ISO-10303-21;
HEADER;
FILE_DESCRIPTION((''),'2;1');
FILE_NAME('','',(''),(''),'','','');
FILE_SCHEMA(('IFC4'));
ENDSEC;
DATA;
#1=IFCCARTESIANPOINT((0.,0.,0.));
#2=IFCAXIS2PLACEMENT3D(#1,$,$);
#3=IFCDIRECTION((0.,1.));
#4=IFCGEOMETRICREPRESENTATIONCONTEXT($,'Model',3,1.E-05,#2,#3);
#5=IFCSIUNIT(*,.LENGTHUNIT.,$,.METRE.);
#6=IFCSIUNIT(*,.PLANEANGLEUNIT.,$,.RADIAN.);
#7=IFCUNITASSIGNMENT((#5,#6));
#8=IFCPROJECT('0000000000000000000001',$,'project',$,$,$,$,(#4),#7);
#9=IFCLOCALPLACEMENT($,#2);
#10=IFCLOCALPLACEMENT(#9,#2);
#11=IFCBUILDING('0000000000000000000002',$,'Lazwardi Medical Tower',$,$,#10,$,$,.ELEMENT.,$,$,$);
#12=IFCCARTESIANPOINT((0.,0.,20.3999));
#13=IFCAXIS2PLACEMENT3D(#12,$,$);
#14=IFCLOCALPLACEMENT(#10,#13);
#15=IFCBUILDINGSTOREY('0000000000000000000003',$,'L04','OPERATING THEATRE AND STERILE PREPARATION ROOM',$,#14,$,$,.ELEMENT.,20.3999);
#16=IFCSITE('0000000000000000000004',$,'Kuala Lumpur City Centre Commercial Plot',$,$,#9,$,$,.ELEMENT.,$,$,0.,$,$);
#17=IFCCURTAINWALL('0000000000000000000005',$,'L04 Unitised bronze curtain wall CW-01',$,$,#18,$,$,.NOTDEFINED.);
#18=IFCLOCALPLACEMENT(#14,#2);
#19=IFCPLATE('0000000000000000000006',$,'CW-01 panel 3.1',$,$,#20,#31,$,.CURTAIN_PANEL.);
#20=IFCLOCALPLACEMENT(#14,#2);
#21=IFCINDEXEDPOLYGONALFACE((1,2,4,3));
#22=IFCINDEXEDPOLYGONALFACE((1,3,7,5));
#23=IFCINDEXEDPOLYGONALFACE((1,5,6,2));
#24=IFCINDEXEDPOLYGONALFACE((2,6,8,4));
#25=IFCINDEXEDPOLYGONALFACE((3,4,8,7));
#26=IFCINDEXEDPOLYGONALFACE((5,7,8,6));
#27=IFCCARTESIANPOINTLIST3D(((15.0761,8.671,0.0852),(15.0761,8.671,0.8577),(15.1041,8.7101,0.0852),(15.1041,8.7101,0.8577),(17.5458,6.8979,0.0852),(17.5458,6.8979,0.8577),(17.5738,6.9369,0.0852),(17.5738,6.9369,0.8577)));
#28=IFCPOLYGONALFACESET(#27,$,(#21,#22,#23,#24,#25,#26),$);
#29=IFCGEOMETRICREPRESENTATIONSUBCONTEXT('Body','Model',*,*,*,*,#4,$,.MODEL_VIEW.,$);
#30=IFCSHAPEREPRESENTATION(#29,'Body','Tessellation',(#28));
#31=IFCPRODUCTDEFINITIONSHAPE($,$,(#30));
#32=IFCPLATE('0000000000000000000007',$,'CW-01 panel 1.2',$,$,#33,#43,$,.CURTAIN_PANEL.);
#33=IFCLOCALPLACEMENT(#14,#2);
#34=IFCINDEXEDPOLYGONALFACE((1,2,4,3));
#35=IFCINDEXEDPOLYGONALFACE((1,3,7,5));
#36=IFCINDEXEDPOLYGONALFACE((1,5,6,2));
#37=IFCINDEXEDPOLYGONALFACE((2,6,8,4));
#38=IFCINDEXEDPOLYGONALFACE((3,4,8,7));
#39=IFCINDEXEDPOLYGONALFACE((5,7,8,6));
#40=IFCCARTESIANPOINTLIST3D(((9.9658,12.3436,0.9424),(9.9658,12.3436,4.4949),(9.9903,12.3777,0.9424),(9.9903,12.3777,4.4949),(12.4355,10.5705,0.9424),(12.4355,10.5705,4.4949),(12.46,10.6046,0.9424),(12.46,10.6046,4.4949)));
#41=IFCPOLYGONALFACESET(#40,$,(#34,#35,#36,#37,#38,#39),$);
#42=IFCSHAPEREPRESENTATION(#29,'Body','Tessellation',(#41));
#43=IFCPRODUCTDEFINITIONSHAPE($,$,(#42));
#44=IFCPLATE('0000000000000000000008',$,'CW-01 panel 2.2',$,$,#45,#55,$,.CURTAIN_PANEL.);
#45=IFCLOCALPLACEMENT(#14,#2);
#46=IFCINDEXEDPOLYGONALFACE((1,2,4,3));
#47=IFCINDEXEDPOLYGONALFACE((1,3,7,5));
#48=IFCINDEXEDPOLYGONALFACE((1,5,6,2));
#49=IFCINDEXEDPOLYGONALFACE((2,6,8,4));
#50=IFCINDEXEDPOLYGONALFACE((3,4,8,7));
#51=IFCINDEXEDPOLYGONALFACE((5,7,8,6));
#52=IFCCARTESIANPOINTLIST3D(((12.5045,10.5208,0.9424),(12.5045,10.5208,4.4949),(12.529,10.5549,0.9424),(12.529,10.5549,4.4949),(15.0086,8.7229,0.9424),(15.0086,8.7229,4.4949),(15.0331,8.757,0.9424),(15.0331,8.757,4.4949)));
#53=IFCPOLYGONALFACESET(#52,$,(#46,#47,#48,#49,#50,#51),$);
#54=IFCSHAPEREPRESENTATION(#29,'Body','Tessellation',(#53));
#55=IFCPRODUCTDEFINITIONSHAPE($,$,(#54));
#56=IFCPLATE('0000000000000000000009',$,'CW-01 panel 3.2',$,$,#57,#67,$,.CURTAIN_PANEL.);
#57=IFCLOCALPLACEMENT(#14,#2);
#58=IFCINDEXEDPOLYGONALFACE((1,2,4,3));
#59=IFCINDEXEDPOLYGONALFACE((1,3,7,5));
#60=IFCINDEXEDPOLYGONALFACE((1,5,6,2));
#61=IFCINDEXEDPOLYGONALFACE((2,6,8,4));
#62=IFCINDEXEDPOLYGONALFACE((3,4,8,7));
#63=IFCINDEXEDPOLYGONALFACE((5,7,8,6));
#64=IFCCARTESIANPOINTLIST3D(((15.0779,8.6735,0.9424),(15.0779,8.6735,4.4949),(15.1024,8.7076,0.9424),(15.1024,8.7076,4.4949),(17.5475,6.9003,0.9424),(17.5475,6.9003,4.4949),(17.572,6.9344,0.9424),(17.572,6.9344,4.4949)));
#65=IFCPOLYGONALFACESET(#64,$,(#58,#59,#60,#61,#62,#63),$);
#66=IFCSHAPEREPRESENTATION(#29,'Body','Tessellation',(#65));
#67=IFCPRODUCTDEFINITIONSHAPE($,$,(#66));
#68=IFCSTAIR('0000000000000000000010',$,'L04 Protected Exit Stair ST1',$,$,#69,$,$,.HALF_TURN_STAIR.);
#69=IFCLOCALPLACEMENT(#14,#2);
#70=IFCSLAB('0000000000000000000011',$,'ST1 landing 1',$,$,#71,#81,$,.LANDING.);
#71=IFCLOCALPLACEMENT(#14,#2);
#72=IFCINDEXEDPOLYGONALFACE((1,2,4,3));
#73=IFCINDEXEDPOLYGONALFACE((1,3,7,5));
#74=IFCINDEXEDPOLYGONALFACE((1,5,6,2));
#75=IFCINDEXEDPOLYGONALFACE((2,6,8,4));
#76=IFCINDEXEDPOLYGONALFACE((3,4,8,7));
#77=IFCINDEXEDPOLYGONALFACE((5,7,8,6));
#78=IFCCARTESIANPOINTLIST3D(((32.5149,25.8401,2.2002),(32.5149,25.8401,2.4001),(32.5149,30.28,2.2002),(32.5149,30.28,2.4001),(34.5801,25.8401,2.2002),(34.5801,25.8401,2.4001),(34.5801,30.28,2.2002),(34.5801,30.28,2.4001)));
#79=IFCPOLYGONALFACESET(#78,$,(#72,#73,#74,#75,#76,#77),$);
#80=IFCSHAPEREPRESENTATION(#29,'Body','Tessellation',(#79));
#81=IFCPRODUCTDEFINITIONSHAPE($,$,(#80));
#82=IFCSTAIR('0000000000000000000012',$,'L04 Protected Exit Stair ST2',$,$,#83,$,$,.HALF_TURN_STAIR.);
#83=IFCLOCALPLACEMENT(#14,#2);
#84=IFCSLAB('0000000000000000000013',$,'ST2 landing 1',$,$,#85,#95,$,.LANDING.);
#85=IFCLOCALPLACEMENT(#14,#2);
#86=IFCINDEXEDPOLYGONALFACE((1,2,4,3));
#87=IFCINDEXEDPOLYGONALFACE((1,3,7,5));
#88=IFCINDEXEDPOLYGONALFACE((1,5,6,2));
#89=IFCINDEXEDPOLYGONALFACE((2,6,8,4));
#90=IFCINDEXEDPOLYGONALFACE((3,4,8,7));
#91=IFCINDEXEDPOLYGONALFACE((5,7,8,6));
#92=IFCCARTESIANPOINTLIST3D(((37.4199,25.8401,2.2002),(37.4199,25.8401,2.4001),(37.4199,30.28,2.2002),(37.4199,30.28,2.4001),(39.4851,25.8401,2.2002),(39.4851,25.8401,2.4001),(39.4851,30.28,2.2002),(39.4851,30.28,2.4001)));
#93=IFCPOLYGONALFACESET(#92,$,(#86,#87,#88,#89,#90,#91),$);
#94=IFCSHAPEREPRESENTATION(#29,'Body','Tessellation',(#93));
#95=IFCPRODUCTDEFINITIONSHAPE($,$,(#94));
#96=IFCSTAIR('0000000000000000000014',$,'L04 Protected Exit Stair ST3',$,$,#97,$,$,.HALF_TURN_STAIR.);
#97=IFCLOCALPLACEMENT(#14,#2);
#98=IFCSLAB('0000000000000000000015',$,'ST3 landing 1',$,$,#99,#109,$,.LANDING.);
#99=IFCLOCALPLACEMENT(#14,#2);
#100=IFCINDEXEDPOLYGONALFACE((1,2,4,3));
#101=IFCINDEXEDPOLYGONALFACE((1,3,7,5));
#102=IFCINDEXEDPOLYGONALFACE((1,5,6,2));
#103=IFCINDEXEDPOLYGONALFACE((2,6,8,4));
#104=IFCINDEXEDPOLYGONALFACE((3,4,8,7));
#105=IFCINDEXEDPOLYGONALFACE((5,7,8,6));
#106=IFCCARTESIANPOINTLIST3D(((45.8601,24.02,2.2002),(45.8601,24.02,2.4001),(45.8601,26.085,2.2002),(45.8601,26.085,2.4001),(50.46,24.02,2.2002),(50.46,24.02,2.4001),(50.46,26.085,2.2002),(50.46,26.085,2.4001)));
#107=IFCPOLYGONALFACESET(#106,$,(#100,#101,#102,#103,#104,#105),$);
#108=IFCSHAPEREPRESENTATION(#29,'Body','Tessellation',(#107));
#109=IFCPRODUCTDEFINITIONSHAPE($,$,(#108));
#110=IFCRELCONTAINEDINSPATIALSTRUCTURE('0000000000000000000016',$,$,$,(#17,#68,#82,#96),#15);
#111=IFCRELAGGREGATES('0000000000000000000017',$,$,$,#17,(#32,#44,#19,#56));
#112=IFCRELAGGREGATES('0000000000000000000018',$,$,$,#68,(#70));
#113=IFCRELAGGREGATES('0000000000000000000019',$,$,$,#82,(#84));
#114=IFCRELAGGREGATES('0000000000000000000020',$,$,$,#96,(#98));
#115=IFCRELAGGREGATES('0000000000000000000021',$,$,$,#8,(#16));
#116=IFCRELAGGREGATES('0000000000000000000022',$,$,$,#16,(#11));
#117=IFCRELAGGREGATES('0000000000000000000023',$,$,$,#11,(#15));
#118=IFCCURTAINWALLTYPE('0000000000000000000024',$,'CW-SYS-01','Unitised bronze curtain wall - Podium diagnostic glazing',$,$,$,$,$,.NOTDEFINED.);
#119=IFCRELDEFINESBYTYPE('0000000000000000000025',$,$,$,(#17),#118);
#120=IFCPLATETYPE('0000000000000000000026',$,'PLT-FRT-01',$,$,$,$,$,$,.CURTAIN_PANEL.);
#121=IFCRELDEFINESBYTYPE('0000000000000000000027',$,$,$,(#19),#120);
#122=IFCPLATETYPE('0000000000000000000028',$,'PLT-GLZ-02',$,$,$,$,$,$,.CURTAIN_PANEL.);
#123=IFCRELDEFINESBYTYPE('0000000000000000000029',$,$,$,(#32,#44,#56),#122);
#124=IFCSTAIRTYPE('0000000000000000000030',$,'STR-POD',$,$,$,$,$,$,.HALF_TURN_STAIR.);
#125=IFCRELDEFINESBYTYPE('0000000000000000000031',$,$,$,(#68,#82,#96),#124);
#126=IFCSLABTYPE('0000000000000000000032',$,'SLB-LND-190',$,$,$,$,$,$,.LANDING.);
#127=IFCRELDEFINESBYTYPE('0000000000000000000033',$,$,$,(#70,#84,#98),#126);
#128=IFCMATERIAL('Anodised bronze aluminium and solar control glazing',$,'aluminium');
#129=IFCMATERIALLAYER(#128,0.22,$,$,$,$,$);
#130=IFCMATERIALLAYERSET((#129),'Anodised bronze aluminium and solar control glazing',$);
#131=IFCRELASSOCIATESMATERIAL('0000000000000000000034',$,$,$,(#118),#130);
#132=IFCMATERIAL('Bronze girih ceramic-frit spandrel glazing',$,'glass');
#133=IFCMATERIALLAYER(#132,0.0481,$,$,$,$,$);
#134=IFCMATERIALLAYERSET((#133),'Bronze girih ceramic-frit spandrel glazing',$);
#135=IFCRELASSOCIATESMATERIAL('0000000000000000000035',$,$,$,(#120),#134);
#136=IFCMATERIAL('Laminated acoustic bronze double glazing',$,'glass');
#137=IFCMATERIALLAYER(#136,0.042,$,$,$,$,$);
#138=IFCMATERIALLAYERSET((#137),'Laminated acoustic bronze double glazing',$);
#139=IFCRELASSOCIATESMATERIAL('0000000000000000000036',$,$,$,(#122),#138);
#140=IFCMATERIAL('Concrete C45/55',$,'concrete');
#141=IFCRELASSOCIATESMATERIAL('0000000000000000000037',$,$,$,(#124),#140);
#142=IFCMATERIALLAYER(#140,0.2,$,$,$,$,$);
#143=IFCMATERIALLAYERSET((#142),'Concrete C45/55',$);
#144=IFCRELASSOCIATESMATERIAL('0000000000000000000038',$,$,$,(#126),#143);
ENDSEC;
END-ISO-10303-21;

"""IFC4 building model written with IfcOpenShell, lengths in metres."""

from ifc_helpers import new_model, si_unit, direction, frame, origin, origin_2d, place, context, subcontext, project, spatial, polyline, rectangle, outline, extrude, material, layer, layer_set, type_object, element, aggregate, save


model = new_model("IFC4")

# Units and contexts
model_context = context("Model", 3, precision=1e-05, world=origin(), true_north=direction((0.0, 1.0)))
body_context = subcontext(model_context, "Body", "Model", "MODEL_VIEW")
ifc_project = project(units=[si_unit("LENGTHUNIT", "METRE"), si_unit("PLANEANGLEUNIT", "RADIAN")], contexts=[model_context])

# Site, building, storey
site_placement = place(None, origin())
site = spatial("IfcSite", under=ifc_project, at=site_placement, Name="Kuala Lumpur City Centre Commercial Plot", CompositionType="ELEMENT", RefElevation=0.0)
building_placement = place(site_placement, origin())
building = spatial("IfcBuilding", under=site, at=building_placement, Name="Lazwardi Medical Tower", CompositionType="ELEMENT")
storey_placement = place(building_placement, frame((0.0, 0.0, 20.3999)))
storey = spatial("IfcBuildingStorey", under=building, at=storey_placement, Name="L04", Description="OPERATING THEATRE AND STERILE PREPARATION ROOM", CompositionType="ELEMENT", Elevation=20.3999)

# Shared definitions
ifc_material_1 = material(Name="Anodised bronze aluminium and solar control glazing", Category="aluminium")
ifc_layer_1 = layer(ifc_material_1, 0.22)
ifc_layer_set_1 = layer_set([ifc_layer_1], Name="Anodised bronze aluminium and solar control glazing")
curtain_wall_type = type_object("IfcCurtainWallType", Name="CW-SYS-01", Description="Unitised bronze curtain wall - Podium diagnostic glazing", PredefinedType="NOTDEFINED", material=ifc_layer_set_1)

# Curtain wall, plates
curtain_wall_1_placement = place(storey_placement, origin())
curtain_wall_1 = element("IfcCurtainWall", 1, at=curtain_wall_1_placement, inside=storey, type_object=curtain_wall_type, Name="L04 Unitised bronze curtain wall CW-01", PredefinedType="NOTDEFINED")
ifc_material_2 = material(Name="Bronze girih ceramic-frit spandrel glazing", Category="glass")
ifc_layer_2 = layer(ifc_material_2, 0.0481)
ifc_layer_set_2 = layer_set([ifc_layer_2], Name="Bronze girih ceramic-frit spandrel glazing")
plate_type_1 = type_object("IfcPlateType", Name="PLT-FRT-01", PredefinedType="CURTAIN_PANEL", material=ifc_layer_set_2)
plate_1_placement = place(storey_placement, frame((16.325, 7.804, 0.0852), z_axis=(0.0, 0.0, 1.0), x_axis=(0.812318, -0.583214, 0.0)))
plate_1 = element("IfcPlate", 2, at=plate_1_placement, type_object=plate_type_1, Name="CW-01 panel 3.1", PredefinedType="CURTAIN_PANEL", context=body_context, shape_type="SweptSolid", body=[
    extrude(rectangle(XDim=3.0403, YDim=0.0481, at=origin_2d()), origin(), (0.0, 0.0, 1.0), 0.7725),
])
ifc_material_3 = material(Name="Laminated acoustic bronze double glazing", Category="glass")
ifc_layer_3 = layer(ifc_material_3, 0.042)
ifc_layer_set_3 = layer_set([ifc_layer_3], Name="Laminated acoustic bronze double glazing")
plate_type_2 = type_object("IfcPlateType", Name="PLT-GLZ-02", PredefinedType="CURTAIN_PANEL", material=ifc_layer_set_3)
plate_2_placement = place(storey_placement, frame((11.2129, 11.4741, 0.9424), z_axis=(0.0, 0.0, 1.0), x_axis=(0.812318, -0.583214, 0.0)))
plate_2 = element("IfcPlate", 3, at=plate_2_placement, type_object=plate_type_2, Name="CW-01 panel 1.2", PredefinedType="CURTAIN_PANEL", context=body_context, shape_type="SweptSolid", body=[
    extrude(rectangle(XDim=3.0403, YDim=0.042, at=origin_2d()), origin(), (0.0, 0.0, 1.0), 3.5525),
])
plate_3_placement = place(storey_placement, frame((13.7688, 9.6389, 0.9424), z_axis=(0.0, 0.0, 1.0), x_axis=(0.812318, -0.583214, 0.0)))
plate_3 = element("IfcPlate", 4, at=plate_3_placement, type_object=plate_type_2, Name="CW-01 panel 2.2", PredefinedType="CURTAIN_PANEL", context=body_context, shape_type="SweptSolid", body=[
    extrude(rectangle(XDim=3.0828, YDim=0.042, at=origin_2d()), origin(), (0.0, 0.0, 1.0), 3.5525),
])
plate_4_placement = place(storey_placement, frame((16.325, 7.804, 0.9424), z_axis=(0.0, 0.0, 1.0), x_axis=(0.812318, -0.583214, 0.0)))
plate_4 = element("IfcPlate", 5, at=plate_4_placement, type_object=plate_type_2, Name="CW-01 panel 3.2", PredefinedType="CURTAIN_PANEL", context=body_context, shape_type="SweptSolid", body=[
    extrude(rectangle(XDim=3.0403, YDim=0.042, at=origin_2d()), origin(), (0.0, 0.0, 1.0), 3.5525),
])
aggregate(curtain_wall_1, [plate_2, plate_3, plate_1, plate_4])

# Stairs, slabs
ifc_material_4 = material(Name="Concrete C45/55", Category="concrete")
stair_type = type_object("IfcStairType", Name="STR-POD", PredefinedType="HALF_TURN_STAIR", material=ifc_material_4)
stair_1_placement = place(storey_placement, origin())
stair_1 = element("IfcStair", 6, at=stair_1_placement, inside=storey, type_object=stair_type, Name="L04 Protected Exit Stair ST1", PredefinedType="HALF_TURN_STAIR")
ifc_layer_4 = layer(ifc_material_4, 0.2)
ifc_layer_set_4 = layer_set([ifc_layer_4], Name="Concrete C45/55")
slab_type_1 = type_object("IfcSlabType", Name="SLB-LND-190", PredefinedType="LANDING", material=ifc_layer_set_4)
slab_1_placement = place(storey_placement, frame((0.0, 0.0, 2.2002)))
slab_1 = element("IfcSlab", 7, at=slab_1_placement, type_object=slab_type_1, Name="ST1 landing 1", PredefinedType="LANDING", context=body_context, shape_type="SweptSolid", body=[
    extrude(outline(polyline([(32.5149, 25.8401), (34.5801, 25.8401), (34.5801, 30.28), (32.5149, 30.28), (32.5149, 25.8401)])), origin(), (0.0, 0.0, 1.0), 0.2),
])
aggregate(stair_1, [slab_1])
stair_2_placement = place(storey_placement, origin())
stair_2 = element("IfcStair", 8, at=stair_2_placement, inside=storey, type_object=stair_type, Name="L04 Protected Exit Stair ST2", PredefinedType="HALF_TURN_STAIR")
slab_2_placement = place(storey_placement, frame((0.0, 0.0, 2.2002)))
slab_2 = element("IfcSlab", 9, at=slab_2_placement, type_object=slab_type_1, Name="ST2 landing 1", PredefinedType="LANDING", context=body_context, shape_type="SweptSolid", body=[
    extrude(outline(polyline([(39.4851, 30.28), (37.4199, 30.28), (37.4199, 25.8401), (39.4851, 25.8401), (39.4851, 30.28)])), origin(), (0.0, 0.0, 1.0), 0.2),
])
aggregate(stair_2, [slab_2])
stair_3_placement = place(storey_placement, origin())
stair_3 = element("IfcStair", 10, at=stair_3_placement, inside=storey, type_object=stair_type, Name="L04 Protected Exit Stair ST3", PredefinedType="HALF_TURN_STAIR")
slab_3_placement = place(storey_placement, frame((0.0, 0.0, 2.2002)))
slab_3 = element("IfcSlab", 11, at=slab_3_placement, type_object=slab_type_1, Name="ST3 landing 1", PredefinedType="LANDING", context=body_context, shape_type="SweptSolid", body=[
    extrude(outline(polyline([(45.8601, 26.085), (45.8601, 24.02), (50.46, 24.02), (50.46, 26.085), (45.8601, 26.085)])), origin(), (0.0, 0.0, 1.0), 0.2),
])
aggregate(stair_3, [slab_3])

save(model, "model.ifc")
